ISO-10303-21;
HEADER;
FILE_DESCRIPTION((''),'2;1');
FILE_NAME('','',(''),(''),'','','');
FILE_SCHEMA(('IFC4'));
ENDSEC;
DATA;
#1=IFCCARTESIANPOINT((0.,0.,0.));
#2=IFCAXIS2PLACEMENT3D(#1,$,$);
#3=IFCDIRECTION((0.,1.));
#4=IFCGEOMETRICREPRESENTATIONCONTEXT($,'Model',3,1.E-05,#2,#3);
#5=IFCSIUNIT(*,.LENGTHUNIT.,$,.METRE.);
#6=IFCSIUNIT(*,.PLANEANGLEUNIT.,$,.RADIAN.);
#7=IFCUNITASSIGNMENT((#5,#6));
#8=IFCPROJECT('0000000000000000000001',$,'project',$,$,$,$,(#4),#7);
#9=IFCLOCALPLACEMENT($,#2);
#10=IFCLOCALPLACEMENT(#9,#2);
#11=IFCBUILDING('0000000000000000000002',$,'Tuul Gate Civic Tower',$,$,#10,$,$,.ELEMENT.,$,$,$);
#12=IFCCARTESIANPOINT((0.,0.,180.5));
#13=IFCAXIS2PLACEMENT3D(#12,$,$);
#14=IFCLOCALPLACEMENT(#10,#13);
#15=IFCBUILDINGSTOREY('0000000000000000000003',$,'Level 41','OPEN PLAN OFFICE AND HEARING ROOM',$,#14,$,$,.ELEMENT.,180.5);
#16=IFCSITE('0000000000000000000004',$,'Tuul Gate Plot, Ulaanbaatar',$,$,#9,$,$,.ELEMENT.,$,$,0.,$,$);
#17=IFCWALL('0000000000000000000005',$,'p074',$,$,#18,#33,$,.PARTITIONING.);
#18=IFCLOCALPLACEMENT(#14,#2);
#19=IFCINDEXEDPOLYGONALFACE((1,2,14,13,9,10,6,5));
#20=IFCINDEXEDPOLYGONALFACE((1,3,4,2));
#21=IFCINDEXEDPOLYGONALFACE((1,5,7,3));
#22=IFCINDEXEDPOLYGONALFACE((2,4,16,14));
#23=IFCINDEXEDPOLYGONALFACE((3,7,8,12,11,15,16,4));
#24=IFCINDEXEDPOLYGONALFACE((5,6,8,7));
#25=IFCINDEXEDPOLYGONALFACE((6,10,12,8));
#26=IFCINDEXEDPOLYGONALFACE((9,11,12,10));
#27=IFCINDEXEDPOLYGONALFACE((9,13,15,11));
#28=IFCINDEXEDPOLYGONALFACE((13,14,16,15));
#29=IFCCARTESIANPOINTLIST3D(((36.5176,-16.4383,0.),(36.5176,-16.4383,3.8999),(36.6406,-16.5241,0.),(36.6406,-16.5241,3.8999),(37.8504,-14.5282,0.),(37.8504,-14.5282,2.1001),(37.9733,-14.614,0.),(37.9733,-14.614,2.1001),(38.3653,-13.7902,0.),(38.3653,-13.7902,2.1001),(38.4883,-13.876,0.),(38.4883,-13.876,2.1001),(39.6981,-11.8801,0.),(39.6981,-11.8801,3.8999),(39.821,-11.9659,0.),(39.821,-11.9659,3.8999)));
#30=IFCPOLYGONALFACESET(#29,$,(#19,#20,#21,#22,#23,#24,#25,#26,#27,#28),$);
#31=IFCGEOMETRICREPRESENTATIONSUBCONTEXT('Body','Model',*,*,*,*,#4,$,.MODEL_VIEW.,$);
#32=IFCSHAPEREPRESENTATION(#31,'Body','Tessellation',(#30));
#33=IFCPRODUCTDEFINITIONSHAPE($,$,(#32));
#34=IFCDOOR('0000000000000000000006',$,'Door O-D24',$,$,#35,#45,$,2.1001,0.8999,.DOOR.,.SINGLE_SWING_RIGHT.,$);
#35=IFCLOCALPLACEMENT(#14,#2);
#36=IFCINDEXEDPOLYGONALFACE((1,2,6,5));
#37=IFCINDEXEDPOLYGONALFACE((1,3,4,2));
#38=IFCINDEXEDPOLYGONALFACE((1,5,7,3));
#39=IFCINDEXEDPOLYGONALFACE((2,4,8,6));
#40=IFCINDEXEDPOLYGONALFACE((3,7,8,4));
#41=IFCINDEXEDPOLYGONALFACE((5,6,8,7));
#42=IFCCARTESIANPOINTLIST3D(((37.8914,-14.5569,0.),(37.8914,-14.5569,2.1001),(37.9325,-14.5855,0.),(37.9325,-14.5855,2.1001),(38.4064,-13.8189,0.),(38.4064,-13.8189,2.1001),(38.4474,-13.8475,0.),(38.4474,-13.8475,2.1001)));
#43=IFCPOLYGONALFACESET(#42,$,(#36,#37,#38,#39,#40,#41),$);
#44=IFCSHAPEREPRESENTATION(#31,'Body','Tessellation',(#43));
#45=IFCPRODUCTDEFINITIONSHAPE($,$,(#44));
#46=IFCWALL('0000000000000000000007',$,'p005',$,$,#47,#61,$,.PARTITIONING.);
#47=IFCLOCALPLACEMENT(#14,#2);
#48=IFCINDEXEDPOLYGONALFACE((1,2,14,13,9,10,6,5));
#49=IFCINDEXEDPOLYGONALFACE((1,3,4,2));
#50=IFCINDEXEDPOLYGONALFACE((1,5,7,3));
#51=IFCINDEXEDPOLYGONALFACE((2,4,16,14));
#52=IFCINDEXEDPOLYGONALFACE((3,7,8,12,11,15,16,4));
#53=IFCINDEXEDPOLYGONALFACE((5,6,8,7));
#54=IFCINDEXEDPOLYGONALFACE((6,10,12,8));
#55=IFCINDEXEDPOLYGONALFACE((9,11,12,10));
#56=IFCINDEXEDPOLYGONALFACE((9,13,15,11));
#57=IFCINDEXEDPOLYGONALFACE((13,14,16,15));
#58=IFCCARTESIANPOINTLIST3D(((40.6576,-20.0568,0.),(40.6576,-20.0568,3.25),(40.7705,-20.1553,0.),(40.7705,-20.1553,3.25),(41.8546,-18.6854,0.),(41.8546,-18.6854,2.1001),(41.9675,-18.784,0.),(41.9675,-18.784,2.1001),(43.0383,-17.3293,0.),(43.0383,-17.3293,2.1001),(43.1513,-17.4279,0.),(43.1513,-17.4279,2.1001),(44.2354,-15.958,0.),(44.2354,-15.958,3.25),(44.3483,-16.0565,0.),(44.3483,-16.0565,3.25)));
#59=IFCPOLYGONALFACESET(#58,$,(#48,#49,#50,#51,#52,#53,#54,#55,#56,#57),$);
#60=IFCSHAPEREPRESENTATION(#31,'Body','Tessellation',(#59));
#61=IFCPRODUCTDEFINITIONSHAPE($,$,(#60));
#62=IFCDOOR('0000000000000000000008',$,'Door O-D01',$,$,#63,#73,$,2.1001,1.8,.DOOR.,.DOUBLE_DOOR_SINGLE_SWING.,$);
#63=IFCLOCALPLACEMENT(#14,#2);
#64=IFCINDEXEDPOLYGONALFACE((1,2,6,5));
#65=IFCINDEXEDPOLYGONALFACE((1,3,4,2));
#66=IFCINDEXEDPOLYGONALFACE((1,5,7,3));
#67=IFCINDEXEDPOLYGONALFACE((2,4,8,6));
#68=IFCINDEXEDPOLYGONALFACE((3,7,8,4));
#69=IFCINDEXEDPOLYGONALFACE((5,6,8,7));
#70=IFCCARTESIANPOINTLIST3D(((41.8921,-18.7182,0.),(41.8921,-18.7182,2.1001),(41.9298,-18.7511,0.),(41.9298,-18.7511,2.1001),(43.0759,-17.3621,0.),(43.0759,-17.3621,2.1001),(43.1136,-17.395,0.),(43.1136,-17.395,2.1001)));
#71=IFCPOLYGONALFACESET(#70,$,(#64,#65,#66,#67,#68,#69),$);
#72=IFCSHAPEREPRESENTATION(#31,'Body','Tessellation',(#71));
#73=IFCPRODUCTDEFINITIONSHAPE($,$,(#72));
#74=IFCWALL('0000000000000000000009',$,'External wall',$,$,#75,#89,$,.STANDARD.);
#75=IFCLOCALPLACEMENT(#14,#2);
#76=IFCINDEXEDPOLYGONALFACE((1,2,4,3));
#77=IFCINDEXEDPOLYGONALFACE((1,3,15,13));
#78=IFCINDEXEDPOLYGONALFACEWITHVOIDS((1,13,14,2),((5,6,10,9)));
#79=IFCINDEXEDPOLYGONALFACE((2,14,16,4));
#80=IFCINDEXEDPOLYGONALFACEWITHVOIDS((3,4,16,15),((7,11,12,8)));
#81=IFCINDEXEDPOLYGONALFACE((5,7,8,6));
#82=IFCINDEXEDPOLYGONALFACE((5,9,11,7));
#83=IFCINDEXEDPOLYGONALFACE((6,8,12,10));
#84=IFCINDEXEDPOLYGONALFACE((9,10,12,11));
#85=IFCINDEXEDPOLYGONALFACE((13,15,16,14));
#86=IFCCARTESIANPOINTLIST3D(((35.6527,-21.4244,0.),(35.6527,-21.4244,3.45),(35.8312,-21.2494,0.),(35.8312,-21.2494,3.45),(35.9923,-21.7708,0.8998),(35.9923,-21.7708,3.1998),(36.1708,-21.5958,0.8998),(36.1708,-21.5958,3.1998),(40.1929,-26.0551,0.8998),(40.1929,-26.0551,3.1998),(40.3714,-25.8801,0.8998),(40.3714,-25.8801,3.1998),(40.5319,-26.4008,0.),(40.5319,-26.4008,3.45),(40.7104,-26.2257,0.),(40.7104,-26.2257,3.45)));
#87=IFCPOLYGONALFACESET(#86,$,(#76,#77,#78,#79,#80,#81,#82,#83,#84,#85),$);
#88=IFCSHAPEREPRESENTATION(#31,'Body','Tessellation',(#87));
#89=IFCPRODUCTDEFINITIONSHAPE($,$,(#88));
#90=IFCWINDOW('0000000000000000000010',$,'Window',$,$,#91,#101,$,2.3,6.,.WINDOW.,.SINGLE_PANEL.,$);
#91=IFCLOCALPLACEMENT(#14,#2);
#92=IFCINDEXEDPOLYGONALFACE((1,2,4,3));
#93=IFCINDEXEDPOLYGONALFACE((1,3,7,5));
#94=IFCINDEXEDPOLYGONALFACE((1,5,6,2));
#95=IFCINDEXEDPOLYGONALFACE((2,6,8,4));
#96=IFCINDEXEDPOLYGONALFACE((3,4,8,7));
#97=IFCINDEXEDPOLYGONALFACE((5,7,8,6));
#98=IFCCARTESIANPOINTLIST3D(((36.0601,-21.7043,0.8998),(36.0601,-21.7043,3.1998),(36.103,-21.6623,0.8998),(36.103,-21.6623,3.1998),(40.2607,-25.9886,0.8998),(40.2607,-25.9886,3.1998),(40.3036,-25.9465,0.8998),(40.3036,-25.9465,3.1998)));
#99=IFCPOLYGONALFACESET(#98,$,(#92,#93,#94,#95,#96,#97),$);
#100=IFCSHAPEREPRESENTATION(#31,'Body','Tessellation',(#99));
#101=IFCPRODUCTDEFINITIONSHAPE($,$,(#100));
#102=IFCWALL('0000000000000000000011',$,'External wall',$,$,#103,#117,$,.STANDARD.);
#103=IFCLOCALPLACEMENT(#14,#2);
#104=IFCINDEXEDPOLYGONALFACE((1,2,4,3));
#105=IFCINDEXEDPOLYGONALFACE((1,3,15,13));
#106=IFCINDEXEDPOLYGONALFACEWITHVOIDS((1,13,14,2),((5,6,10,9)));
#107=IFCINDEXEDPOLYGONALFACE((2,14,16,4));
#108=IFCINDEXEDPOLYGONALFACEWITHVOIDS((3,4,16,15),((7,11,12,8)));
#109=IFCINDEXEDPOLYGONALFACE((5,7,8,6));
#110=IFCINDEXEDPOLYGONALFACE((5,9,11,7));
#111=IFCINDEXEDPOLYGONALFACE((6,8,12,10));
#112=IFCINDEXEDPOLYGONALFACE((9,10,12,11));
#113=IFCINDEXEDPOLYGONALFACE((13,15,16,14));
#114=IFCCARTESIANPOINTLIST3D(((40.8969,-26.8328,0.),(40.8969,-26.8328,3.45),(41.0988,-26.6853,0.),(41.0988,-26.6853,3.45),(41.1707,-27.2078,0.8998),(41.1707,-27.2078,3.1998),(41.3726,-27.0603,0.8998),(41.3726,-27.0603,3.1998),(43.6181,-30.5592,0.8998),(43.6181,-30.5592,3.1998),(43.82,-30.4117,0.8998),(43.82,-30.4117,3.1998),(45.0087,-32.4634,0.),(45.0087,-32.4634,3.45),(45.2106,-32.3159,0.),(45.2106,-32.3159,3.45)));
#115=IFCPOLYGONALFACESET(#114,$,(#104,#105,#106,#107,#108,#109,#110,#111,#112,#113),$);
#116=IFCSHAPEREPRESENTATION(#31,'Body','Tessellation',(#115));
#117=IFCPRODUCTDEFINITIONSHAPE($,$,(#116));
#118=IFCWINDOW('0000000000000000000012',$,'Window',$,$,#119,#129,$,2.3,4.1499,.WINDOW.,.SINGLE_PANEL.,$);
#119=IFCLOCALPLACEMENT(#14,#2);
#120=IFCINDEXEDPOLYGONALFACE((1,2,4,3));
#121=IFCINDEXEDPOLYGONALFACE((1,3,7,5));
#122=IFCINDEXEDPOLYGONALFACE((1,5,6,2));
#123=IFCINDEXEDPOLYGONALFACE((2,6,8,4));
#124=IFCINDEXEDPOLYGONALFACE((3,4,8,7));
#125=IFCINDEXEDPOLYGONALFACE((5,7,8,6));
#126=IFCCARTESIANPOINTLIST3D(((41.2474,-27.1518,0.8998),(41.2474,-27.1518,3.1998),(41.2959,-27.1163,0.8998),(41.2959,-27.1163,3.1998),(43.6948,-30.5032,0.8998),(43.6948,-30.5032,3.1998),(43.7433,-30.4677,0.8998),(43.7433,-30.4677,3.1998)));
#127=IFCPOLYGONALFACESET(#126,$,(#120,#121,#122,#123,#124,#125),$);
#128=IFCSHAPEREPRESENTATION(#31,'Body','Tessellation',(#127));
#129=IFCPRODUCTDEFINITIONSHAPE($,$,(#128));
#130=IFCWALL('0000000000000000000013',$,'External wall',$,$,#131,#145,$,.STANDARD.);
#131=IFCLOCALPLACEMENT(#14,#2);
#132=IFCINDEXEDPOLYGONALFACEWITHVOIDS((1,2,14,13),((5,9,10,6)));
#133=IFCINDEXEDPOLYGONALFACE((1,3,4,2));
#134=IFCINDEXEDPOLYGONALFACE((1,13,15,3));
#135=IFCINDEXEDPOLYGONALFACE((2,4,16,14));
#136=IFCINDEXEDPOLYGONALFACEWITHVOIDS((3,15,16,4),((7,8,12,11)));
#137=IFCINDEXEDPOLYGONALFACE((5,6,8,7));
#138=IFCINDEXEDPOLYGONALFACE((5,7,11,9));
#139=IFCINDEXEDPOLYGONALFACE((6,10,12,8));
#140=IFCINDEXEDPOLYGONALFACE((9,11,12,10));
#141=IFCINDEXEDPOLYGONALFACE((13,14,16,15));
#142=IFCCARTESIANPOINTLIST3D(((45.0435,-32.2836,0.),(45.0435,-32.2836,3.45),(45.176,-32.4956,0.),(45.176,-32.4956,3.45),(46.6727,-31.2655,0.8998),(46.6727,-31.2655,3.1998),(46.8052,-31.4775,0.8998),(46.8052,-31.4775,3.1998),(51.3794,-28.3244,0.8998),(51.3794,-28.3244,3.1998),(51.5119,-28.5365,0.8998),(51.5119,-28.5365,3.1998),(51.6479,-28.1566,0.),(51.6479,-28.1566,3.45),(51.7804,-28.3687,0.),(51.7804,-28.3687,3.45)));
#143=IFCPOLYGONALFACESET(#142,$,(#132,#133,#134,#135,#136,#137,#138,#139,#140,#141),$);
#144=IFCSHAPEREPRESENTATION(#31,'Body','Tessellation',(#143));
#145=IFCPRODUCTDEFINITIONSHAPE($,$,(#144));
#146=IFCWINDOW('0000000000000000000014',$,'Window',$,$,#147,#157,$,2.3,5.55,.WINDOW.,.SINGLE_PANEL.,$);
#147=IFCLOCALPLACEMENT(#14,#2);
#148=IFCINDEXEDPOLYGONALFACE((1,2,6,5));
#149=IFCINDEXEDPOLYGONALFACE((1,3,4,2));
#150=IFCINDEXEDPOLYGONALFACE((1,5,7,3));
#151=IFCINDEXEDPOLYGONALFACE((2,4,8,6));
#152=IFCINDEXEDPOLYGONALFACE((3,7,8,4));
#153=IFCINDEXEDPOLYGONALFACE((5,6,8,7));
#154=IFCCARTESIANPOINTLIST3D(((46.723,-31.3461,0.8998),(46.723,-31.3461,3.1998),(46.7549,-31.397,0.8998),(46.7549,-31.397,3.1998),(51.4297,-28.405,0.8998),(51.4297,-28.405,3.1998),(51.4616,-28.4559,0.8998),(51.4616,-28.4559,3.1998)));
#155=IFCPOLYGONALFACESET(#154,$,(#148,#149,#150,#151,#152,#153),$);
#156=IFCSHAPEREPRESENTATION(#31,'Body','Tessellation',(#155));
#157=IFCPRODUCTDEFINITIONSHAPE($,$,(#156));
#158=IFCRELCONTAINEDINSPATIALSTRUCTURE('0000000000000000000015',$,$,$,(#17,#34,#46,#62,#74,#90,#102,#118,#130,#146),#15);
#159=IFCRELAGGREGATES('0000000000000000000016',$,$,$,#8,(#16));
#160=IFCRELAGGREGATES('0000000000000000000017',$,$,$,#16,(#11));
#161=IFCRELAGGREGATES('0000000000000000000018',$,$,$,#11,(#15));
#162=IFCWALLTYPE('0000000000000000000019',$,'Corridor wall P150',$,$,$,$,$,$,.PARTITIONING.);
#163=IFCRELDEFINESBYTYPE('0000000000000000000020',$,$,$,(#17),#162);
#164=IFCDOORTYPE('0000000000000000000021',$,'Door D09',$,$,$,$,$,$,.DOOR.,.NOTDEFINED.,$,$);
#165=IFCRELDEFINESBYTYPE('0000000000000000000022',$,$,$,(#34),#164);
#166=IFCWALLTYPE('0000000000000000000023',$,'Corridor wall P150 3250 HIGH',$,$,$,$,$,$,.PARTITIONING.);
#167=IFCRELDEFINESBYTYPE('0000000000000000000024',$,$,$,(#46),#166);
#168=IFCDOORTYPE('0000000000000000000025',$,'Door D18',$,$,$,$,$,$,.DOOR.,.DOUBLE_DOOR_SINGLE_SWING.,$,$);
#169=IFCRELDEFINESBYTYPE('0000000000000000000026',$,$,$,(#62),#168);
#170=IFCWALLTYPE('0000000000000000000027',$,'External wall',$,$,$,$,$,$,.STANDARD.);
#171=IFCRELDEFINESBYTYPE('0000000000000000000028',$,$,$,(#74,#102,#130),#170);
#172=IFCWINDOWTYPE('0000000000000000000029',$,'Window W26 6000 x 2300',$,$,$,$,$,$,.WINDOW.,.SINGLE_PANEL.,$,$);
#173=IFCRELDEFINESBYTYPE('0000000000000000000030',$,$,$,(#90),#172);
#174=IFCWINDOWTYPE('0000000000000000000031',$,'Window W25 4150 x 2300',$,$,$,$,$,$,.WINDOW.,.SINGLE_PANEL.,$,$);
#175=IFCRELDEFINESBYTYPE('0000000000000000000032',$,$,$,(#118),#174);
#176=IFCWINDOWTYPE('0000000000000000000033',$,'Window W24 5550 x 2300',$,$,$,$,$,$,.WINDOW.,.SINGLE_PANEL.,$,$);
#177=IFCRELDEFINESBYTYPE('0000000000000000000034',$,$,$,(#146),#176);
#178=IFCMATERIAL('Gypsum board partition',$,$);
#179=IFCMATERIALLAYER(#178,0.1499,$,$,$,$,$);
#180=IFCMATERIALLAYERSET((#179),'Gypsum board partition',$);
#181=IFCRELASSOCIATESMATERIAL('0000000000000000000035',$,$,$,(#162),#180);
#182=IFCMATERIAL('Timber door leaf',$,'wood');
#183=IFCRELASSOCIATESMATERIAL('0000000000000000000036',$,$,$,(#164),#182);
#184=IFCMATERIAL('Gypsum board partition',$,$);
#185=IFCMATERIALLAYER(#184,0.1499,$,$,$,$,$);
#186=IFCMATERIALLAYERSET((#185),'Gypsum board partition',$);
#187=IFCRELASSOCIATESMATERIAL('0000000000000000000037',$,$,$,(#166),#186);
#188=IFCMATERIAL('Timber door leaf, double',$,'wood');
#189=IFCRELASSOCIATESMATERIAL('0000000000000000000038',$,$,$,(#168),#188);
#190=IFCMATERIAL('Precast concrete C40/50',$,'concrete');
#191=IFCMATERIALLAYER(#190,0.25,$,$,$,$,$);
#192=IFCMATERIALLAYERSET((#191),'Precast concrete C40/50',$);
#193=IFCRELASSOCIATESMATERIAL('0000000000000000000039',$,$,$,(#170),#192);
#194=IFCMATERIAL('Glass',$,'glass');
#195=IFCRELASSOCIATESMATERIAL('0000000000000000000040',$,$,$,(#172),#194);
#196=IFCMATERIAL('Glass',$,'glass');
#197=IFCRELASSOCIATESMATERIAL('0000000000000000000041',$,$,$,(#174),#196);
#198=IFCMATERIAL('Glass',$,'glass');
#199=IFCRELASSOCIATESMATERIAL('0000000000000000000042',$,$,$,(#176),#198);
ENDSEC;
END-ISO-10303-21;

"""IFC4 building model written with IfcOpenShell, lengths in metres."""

from ifc_helpers import new_model, si_unit, direction, frame, frame_2d, origin, place, context, subcontext, project, spatial, rectangle, extrude, material, layer, layer_set, type_object, element, fill, save


model = new_model("IFC4")

# Units and contexts
model_context = context("Model", 3, precision=1e-05, world=origin(), true_north=direction((0.0, 1.0)))
body_context = subcontext(model_context, "Body", "Model", "MODEL_VIEW")
ifc_project = project(units=[si_unit("LENGTHUNIT", "METRE"), si_unit("PLANEANGLEUNIT", "RADIAN")], contexts=[model_context])

# Site, building, storey
site_placement = place(None, origin())
site = spatial("IfcSite", under=ifc_project, at=site_placement, Name="Tuul Gate Plot, Ulaanbaatar", CompositionType="ELEMENT", RefElevation=0.0)
building_placement = place(site_placement, origin())
building = spatial("IfcBuilding", under=site, at=building_placement, Name="Tuul Gate Civic Tower", CompositionType="ELEMENT")
storey_placement = place(building_placement, frame((0.0, 0.0, 180.5)))
storey = spatial("IfcBuildingStorey", under=building, at=storey_placement, Name="Level 41", Description="OPEN PLAN OFFICE AND HEARING ROOM", CompositionType="ELEMENT", Elevation=180.5)

# Shared definitions
ifc_material_1 = material(Name="Gypsum board partition")
ifc_layer_1 = layer(ifc_material_1, 0.1499)
ifc_layer_set_1 = layer_set([ifc_layer_1], Name="Gypsum board partition")
wall_type_1 = type_object("IfcWallType", Name="Corridor wall P150", PredefinedType="PARTITIONING", material=ifc_layer_set_1)

# Walls, openings, doors
wall_1_placement = place(storey_placement, frame((36.5791, -16.4812, 0.0), z_axis=(0.0, 0.0, 1.0), x_axis=(0.572224, 0.820098, 0.0)))
wall_1 = element("IfcWall", 1, at=wall_1_placement, inside=storey, type_object=wall_type_1, Name="p074", PredefinedType="PARTITIONING", context=body_context, shape_type="SweptSolid", body=[
    extrude(rectangle(XDim=5.5581, YDim=0.1499, at=frame_2d((2.7791, 0.0))), origin(), (0.0, 0.0, 1.0), 3.8999),
])
opening_1_placement = place(wall_1_placement, frame((2.3291, 0.0, 0.0)))
opening_1 = element("IfcOpeningElement", 2, at=opening_1_placement, cuts=wall_1, PredefinedType="OPENING", context=body_context, shape_type="SweptSolid", body=[
    extrude(rectangle(XDim=0.8999, YDim=2.1001, at=frame_2d((0.45, 1.05))), frame((0.0, 0.085, 0.0), z_axis=(0.0, -1.0, 0.0), x_axis=(1.0, 0.0, 0.0)), (0.0, 0.0, 1.0), 0.1699),
])
ifc_material_2 = material(Name="Timber door leaf", Category="wood")
door_type_1 = type_object("IfcDoorType", Name="Door D09", OperationType="NOTDEFINED", PredefinedType="DOOR", material=ifc_material_2)
door_1_placement = place(opening_1_placement, origin())
door_1 = element("IfcDoor", 3, at=door_1_placement, inside=storey, type_object=door_type_1, Name="Door O-D24", OperationType="SINGLE_SWING_RIGHT", OverallHeight=2.1001, OverallWidth=0.8999, PredefinedType="DOOR", context=body_context, shape_type="SweptSolid", body=[
    extrude(rectangle(XDim=0.8999, YDim=2.1001, at=frame_2d((0.45, 1.05))), frame((0.0, 0.0249, 0.0), z_axis=(0.0, -1.0, 0.0), x_axis=(1.0, 0.0, 0.0)), (0.0, 0.0, 1.0), 0.05),
])
fill(opening_1, door_1)
ifc_material_3 = material(Name="Gypsum board partition")
ifc_layer_2 = layer(ifc_material_3, 0.1499)
ifc_layer_set_2 = layer_set([ifc_layer_2], Name="Gypsum board partition")
wall_type_2 = type_object("IfcWallType", Name="Corridor wall P150 3250 HIGH", PredefinedType="PARTITIONING", material=ifc_layer_set_2)
wall_2_placement = place(storey_placement, frame((40.7141, -20.106, 0.0), z_axis=(0.0, 0.0, 1.0), x_axis=(0.657605, 0.753363, 0.0)))
wall_2 = element("IfcWall", 4, at=wall_2_placement, inside=storey, type_object=wall_type_2, Name="p005", PredefinedType="PARTITIONING", context=body_context, shape_type="SweptSolid", body=[
    extrude(rectangle(XDim=5.4407, YDim=0.1499, at=frame_2d((2.7202, 0.0))), origin(), (0.0, 0.0, 1.0), 3.25),
])
opening_2_placement = place(wall_2_placement, frame((1.8203, 0.0, 0.0)))
opening_2 = element("IfcOpeningElement", 5, at=opening_2_placement, cuts=wall_2, PredefinedType="OPENING", context=body_context, shape_type="SweptSolid", body=[
    extrude(rectangle(XDim=1.8, YDim=2.1001, at=frame_2d((0.8999, 1.05))), frame((0.0, 0.085, 0.0), z_axis=(0.0, -1.0, 0.0), x_axis=(1.0, 0.0, 0.0)), (0.0, 0.0, 1.0), 0.1699),
])
ifc_material_4 = material(Name="Timber door leaf, double", Category="wood")
door_type_2 = type_object("IfcDoorType", Name="Door D18", OperationType="DOUBLE_DOOR_SINGLE_SWING", PredefinedType="DOOR", material=ifc_material_4)
door_2_placement = place(opening_2_placement, frame((1.8, 0.0, 0.0), z_axis=(0.0, 0.0, 1.0), x_axis=(-1.0, 0.0, 0.0)))
door_2 = element("IfcDoor", 6, at=door_2_placement, inside=storey, type_object=door_type_2, Name="Door O-D01", OperationType="DOUBLE_DOOR_SINGLE_SWING", OverallHeight=2.1001, OverallWidth=1.8, PredefinedType="DOOR", context=body_context, shape_type="SweptSolid", body=[
    extrude(rectangle(XDim=1.8, YDim=2.1001, at=frame_2d((0.9001, 1.05))), frame((0.0, 0.0249, 0.0), z_axis=(0.0, -1.0, 0.0), x_axis=(1.0, 0.0, 0.0)), (0.0, 0.0, 1.0), 0.05),
])
fill(opening_2, door_2)

# Walls, openings, windows
ifc_material_5 = material(Name="Precast concrete C40/50", Category="concrete")
ifc_layer_3 = layer(ifc_material_5, 0.25)
ifc_layer_set_3 = layer_set([ifc_layer_3], Name="Precast concrete C40/50")
wall_type_3 = type_object("IfcWallType", Name="External wall", PredefinedType="STANDARD", material=ifc_layer_set_3)
wall_3_placement = place(storey_placement, frame((35.7419, -21.3369, 0.0), z_axis=(0.0, 0.0, 1.0), x_axis=(0.700101, -0.714044, 0.0)))
wall_3 = element("IfcWall", 7, at=wall_3_placement, inside=storey, type_object=wall_type_3, Name="External wall", PredefinedType="STANDARD", context=body_context, shape_type="SweptSolid", body=[
    extrude(rectangle(XDim=6.9692, YDim=0.25, at=frame_2d((3.4846, 0.0))), origin(), (0.0, 0.0, 1.0), 3.45),
])
opening_3_placement = place(wall_3_placement, frame((0.4851, 0.0, 0.8999)))
opening_3 = element("IfcOpeningElement", 8, at=opening_3_placement, cuts=wall_3, PredefinedType="OPENING", context=body_context, shape_type="SweptSolid", body=[
    extrude(rectangle(XDim=6.0, YDim=2.3, at=frame_2d((3.0, 1.1499))), frame((0.0, 0.135, 0.0), z_axis=(0.0, -1.0, 0.0), x_axis=(1.0, 0.0, 0.0)), (0.0, 0.0, 1.0), 0.27),
])
ifc_material_6 = material(Name="Glass", Category="glass")
window_type_1 = type_object("IfcWindowType", Name="Window W26 6000 x 2300", PartitioningType="SINGLE_PANEL", PredefinedType="WINDOW", material=ifc_material_6)
window_1_placement = place(opening_3_placement, origin())
window_1 = element("IfcWindow", 9, at=window_1_placement, inside=storey, type_object=window_type_1, Name="Window", OverallHeight=2.3, OverallWidth=6.0, PartitioningType="SINGLE_PANEL", PredefinedType="WINDOW", context=body_context, shape_type="SweptSolid", body=[
    extrude(rectangle(XDim=6.0, YDim=2.3, at=frame_2d((3.0, 1.1499))), frame((0.0, 0.03, 0.0), z_axis=(0.0, -1.0, 0.0), x_axis=(1.0, 0.0, 0.0)), (0.0, 0.0, 1.0), 0.0601),
])
fill(opening_3, window_1)
wall_4_placement = place(storey_placement, frame((40.9978, -26.759, 0.0), z_axis=(0.0, 0.0, 1.0), x_axis=(0.589749, -0.807587, 0.0)))
wall_4 = element("IfcWall", 10, at=wall_4_placement, inside=storey, type_object=wall_type_3, Name="External wall", PredefinedType="STANDARD", context=body_context, shape_type="SweptSolid", body=[
    extrude(rectangle(XDim=6.9722, YDim=0.25, at=frame_2d((3.4861, 0.0))), origin(), (0.0, 0.0, 1.0), 3.45),
])
opening_4_placement = place(wall_4_placement, frame((0.4644, 0.0, 0.8999)))
opening_4 = element("IfcOpeningElement", 11, at=opening_4_placement, cuts=wall_4, PredefinedType="OPENING", context=body_context, shape_type="SweptSolid", body=[
    extrude(rectangle(XDim=4.1499, YDim=2.3, at=frame_2d((2.075, 1.1499))), frame((0.0, 0.135, 0.0), z_axis=(0.0, -1.0, 0.0), x_axis=(1.0, 0.0, 0.0)), (0.0, 0.0, 1.0), 0.27),
])
ifc_material_7 = material(Name="Glass", Category="glass")
window_type_2 = type_object("IfcWindowType", Name="Window W25 4150 x 2300", PartitioningType="SINGLE_PANEL", PredefinedType="WINDOW", material=ifc_material_7)
window_2_placement = place(opening_4_placement, origin())
window_2 = element("IfcWindow", 12, at=window_2_placement, inside=storey, type_object=window_type_2, Name="Window", OverallHeight=2.3, OverallWidth=4.1499, PartitioningType="SINGLE_PANEL", PredefinedType="WINDOW", context=body_context, shape_type="SweptSolid", body=[
    extrude(rectangle(XDim=4.1499, YDim=2.3, at=frame_2d((2.075, 1.1499))), frame((0.0, 0.03, 0.0), z_axis=(0.0, -1.0, 0.0), x_axis=(1.0, 0.0, 0.0)), (0.0, 0.0, 1.0), 0.0601),
])
fill(opening_4, window_2)
wall_5_placement = place(storey_placement, frame((45.1096, -32.3896, 0.0), z_axis=(0.0, 0.0, 1.0), x_axis=(0.848048, 0.52992, 0.0)))
wall_5 = element("IfcWall", 13, at=wall_5_placement, inside=storey, type_object=wall_type_3, Name="External wall", PredefinedType="STANDARD", context=body_context, shape_type="SweptSolid", body=[
    extrude(rectangle(XDim=7.7878, YDim=0.25, at=frame_2d((3.894, 0.0))), origin(), (0.0, 0.0, 1.0), 3.45),
])
opening_5_placement = place(wall_5_placement, frame((1.9214, 0.0, 0.8999)))
opening_5 = element("IfcOpeningElement", 14, at=opening_5_placement, cuts=wall_5, PredefinedType="OPENING", context=body_context, shape_type="SweptSolid", body=[
    extrude(rectangle(XDim=5.55, YDim=2.3, at=frame_2d((2.7749, 1.1499))), frame((0.0, 0.135, 0.0), z_axis=(0.0, -1.0, 0.0), x_axis=(1.0, 0.0, 0.0)), (0.0, 0.0, 1.0), 0.27),
])
ifc_material_8 = material(Name="Glass", Category="glass")
window_type_3 = type_object("IfcWindowType", Name="Window W24 5550 x 2300", PartitioningType="SINGLE_PANEL", PredefinedType="WINDOW", material=ifc_material_8)
window_3_placement = place(opening_5_placement, origin())
window_3 = element("IfcWindow", 15, at=window_3_placement, inside=storey, type_object=window_type_3, Name="Window", OverallHeight=2.3, OverallWidth=5.55, PartitioningType="SINGLE_PANEL", PredefinedType="WINDOW", context=body_context, shape_type="SweptSolid", body=[
    extrude(rectangle(XDim=5.55, YDim=2.3, at=frame_2d((2.7749, 1.1499))), frame((0.0, 0.03, 0.0), z_axis=(0.0, -1.0, 0.0), x_axis=(1.0, 0.0, 0.0)), (0.0, 0.0, 1.0), 0.0601),
])
fill(opening_5, window_3)

save(model, "model.ifc")
